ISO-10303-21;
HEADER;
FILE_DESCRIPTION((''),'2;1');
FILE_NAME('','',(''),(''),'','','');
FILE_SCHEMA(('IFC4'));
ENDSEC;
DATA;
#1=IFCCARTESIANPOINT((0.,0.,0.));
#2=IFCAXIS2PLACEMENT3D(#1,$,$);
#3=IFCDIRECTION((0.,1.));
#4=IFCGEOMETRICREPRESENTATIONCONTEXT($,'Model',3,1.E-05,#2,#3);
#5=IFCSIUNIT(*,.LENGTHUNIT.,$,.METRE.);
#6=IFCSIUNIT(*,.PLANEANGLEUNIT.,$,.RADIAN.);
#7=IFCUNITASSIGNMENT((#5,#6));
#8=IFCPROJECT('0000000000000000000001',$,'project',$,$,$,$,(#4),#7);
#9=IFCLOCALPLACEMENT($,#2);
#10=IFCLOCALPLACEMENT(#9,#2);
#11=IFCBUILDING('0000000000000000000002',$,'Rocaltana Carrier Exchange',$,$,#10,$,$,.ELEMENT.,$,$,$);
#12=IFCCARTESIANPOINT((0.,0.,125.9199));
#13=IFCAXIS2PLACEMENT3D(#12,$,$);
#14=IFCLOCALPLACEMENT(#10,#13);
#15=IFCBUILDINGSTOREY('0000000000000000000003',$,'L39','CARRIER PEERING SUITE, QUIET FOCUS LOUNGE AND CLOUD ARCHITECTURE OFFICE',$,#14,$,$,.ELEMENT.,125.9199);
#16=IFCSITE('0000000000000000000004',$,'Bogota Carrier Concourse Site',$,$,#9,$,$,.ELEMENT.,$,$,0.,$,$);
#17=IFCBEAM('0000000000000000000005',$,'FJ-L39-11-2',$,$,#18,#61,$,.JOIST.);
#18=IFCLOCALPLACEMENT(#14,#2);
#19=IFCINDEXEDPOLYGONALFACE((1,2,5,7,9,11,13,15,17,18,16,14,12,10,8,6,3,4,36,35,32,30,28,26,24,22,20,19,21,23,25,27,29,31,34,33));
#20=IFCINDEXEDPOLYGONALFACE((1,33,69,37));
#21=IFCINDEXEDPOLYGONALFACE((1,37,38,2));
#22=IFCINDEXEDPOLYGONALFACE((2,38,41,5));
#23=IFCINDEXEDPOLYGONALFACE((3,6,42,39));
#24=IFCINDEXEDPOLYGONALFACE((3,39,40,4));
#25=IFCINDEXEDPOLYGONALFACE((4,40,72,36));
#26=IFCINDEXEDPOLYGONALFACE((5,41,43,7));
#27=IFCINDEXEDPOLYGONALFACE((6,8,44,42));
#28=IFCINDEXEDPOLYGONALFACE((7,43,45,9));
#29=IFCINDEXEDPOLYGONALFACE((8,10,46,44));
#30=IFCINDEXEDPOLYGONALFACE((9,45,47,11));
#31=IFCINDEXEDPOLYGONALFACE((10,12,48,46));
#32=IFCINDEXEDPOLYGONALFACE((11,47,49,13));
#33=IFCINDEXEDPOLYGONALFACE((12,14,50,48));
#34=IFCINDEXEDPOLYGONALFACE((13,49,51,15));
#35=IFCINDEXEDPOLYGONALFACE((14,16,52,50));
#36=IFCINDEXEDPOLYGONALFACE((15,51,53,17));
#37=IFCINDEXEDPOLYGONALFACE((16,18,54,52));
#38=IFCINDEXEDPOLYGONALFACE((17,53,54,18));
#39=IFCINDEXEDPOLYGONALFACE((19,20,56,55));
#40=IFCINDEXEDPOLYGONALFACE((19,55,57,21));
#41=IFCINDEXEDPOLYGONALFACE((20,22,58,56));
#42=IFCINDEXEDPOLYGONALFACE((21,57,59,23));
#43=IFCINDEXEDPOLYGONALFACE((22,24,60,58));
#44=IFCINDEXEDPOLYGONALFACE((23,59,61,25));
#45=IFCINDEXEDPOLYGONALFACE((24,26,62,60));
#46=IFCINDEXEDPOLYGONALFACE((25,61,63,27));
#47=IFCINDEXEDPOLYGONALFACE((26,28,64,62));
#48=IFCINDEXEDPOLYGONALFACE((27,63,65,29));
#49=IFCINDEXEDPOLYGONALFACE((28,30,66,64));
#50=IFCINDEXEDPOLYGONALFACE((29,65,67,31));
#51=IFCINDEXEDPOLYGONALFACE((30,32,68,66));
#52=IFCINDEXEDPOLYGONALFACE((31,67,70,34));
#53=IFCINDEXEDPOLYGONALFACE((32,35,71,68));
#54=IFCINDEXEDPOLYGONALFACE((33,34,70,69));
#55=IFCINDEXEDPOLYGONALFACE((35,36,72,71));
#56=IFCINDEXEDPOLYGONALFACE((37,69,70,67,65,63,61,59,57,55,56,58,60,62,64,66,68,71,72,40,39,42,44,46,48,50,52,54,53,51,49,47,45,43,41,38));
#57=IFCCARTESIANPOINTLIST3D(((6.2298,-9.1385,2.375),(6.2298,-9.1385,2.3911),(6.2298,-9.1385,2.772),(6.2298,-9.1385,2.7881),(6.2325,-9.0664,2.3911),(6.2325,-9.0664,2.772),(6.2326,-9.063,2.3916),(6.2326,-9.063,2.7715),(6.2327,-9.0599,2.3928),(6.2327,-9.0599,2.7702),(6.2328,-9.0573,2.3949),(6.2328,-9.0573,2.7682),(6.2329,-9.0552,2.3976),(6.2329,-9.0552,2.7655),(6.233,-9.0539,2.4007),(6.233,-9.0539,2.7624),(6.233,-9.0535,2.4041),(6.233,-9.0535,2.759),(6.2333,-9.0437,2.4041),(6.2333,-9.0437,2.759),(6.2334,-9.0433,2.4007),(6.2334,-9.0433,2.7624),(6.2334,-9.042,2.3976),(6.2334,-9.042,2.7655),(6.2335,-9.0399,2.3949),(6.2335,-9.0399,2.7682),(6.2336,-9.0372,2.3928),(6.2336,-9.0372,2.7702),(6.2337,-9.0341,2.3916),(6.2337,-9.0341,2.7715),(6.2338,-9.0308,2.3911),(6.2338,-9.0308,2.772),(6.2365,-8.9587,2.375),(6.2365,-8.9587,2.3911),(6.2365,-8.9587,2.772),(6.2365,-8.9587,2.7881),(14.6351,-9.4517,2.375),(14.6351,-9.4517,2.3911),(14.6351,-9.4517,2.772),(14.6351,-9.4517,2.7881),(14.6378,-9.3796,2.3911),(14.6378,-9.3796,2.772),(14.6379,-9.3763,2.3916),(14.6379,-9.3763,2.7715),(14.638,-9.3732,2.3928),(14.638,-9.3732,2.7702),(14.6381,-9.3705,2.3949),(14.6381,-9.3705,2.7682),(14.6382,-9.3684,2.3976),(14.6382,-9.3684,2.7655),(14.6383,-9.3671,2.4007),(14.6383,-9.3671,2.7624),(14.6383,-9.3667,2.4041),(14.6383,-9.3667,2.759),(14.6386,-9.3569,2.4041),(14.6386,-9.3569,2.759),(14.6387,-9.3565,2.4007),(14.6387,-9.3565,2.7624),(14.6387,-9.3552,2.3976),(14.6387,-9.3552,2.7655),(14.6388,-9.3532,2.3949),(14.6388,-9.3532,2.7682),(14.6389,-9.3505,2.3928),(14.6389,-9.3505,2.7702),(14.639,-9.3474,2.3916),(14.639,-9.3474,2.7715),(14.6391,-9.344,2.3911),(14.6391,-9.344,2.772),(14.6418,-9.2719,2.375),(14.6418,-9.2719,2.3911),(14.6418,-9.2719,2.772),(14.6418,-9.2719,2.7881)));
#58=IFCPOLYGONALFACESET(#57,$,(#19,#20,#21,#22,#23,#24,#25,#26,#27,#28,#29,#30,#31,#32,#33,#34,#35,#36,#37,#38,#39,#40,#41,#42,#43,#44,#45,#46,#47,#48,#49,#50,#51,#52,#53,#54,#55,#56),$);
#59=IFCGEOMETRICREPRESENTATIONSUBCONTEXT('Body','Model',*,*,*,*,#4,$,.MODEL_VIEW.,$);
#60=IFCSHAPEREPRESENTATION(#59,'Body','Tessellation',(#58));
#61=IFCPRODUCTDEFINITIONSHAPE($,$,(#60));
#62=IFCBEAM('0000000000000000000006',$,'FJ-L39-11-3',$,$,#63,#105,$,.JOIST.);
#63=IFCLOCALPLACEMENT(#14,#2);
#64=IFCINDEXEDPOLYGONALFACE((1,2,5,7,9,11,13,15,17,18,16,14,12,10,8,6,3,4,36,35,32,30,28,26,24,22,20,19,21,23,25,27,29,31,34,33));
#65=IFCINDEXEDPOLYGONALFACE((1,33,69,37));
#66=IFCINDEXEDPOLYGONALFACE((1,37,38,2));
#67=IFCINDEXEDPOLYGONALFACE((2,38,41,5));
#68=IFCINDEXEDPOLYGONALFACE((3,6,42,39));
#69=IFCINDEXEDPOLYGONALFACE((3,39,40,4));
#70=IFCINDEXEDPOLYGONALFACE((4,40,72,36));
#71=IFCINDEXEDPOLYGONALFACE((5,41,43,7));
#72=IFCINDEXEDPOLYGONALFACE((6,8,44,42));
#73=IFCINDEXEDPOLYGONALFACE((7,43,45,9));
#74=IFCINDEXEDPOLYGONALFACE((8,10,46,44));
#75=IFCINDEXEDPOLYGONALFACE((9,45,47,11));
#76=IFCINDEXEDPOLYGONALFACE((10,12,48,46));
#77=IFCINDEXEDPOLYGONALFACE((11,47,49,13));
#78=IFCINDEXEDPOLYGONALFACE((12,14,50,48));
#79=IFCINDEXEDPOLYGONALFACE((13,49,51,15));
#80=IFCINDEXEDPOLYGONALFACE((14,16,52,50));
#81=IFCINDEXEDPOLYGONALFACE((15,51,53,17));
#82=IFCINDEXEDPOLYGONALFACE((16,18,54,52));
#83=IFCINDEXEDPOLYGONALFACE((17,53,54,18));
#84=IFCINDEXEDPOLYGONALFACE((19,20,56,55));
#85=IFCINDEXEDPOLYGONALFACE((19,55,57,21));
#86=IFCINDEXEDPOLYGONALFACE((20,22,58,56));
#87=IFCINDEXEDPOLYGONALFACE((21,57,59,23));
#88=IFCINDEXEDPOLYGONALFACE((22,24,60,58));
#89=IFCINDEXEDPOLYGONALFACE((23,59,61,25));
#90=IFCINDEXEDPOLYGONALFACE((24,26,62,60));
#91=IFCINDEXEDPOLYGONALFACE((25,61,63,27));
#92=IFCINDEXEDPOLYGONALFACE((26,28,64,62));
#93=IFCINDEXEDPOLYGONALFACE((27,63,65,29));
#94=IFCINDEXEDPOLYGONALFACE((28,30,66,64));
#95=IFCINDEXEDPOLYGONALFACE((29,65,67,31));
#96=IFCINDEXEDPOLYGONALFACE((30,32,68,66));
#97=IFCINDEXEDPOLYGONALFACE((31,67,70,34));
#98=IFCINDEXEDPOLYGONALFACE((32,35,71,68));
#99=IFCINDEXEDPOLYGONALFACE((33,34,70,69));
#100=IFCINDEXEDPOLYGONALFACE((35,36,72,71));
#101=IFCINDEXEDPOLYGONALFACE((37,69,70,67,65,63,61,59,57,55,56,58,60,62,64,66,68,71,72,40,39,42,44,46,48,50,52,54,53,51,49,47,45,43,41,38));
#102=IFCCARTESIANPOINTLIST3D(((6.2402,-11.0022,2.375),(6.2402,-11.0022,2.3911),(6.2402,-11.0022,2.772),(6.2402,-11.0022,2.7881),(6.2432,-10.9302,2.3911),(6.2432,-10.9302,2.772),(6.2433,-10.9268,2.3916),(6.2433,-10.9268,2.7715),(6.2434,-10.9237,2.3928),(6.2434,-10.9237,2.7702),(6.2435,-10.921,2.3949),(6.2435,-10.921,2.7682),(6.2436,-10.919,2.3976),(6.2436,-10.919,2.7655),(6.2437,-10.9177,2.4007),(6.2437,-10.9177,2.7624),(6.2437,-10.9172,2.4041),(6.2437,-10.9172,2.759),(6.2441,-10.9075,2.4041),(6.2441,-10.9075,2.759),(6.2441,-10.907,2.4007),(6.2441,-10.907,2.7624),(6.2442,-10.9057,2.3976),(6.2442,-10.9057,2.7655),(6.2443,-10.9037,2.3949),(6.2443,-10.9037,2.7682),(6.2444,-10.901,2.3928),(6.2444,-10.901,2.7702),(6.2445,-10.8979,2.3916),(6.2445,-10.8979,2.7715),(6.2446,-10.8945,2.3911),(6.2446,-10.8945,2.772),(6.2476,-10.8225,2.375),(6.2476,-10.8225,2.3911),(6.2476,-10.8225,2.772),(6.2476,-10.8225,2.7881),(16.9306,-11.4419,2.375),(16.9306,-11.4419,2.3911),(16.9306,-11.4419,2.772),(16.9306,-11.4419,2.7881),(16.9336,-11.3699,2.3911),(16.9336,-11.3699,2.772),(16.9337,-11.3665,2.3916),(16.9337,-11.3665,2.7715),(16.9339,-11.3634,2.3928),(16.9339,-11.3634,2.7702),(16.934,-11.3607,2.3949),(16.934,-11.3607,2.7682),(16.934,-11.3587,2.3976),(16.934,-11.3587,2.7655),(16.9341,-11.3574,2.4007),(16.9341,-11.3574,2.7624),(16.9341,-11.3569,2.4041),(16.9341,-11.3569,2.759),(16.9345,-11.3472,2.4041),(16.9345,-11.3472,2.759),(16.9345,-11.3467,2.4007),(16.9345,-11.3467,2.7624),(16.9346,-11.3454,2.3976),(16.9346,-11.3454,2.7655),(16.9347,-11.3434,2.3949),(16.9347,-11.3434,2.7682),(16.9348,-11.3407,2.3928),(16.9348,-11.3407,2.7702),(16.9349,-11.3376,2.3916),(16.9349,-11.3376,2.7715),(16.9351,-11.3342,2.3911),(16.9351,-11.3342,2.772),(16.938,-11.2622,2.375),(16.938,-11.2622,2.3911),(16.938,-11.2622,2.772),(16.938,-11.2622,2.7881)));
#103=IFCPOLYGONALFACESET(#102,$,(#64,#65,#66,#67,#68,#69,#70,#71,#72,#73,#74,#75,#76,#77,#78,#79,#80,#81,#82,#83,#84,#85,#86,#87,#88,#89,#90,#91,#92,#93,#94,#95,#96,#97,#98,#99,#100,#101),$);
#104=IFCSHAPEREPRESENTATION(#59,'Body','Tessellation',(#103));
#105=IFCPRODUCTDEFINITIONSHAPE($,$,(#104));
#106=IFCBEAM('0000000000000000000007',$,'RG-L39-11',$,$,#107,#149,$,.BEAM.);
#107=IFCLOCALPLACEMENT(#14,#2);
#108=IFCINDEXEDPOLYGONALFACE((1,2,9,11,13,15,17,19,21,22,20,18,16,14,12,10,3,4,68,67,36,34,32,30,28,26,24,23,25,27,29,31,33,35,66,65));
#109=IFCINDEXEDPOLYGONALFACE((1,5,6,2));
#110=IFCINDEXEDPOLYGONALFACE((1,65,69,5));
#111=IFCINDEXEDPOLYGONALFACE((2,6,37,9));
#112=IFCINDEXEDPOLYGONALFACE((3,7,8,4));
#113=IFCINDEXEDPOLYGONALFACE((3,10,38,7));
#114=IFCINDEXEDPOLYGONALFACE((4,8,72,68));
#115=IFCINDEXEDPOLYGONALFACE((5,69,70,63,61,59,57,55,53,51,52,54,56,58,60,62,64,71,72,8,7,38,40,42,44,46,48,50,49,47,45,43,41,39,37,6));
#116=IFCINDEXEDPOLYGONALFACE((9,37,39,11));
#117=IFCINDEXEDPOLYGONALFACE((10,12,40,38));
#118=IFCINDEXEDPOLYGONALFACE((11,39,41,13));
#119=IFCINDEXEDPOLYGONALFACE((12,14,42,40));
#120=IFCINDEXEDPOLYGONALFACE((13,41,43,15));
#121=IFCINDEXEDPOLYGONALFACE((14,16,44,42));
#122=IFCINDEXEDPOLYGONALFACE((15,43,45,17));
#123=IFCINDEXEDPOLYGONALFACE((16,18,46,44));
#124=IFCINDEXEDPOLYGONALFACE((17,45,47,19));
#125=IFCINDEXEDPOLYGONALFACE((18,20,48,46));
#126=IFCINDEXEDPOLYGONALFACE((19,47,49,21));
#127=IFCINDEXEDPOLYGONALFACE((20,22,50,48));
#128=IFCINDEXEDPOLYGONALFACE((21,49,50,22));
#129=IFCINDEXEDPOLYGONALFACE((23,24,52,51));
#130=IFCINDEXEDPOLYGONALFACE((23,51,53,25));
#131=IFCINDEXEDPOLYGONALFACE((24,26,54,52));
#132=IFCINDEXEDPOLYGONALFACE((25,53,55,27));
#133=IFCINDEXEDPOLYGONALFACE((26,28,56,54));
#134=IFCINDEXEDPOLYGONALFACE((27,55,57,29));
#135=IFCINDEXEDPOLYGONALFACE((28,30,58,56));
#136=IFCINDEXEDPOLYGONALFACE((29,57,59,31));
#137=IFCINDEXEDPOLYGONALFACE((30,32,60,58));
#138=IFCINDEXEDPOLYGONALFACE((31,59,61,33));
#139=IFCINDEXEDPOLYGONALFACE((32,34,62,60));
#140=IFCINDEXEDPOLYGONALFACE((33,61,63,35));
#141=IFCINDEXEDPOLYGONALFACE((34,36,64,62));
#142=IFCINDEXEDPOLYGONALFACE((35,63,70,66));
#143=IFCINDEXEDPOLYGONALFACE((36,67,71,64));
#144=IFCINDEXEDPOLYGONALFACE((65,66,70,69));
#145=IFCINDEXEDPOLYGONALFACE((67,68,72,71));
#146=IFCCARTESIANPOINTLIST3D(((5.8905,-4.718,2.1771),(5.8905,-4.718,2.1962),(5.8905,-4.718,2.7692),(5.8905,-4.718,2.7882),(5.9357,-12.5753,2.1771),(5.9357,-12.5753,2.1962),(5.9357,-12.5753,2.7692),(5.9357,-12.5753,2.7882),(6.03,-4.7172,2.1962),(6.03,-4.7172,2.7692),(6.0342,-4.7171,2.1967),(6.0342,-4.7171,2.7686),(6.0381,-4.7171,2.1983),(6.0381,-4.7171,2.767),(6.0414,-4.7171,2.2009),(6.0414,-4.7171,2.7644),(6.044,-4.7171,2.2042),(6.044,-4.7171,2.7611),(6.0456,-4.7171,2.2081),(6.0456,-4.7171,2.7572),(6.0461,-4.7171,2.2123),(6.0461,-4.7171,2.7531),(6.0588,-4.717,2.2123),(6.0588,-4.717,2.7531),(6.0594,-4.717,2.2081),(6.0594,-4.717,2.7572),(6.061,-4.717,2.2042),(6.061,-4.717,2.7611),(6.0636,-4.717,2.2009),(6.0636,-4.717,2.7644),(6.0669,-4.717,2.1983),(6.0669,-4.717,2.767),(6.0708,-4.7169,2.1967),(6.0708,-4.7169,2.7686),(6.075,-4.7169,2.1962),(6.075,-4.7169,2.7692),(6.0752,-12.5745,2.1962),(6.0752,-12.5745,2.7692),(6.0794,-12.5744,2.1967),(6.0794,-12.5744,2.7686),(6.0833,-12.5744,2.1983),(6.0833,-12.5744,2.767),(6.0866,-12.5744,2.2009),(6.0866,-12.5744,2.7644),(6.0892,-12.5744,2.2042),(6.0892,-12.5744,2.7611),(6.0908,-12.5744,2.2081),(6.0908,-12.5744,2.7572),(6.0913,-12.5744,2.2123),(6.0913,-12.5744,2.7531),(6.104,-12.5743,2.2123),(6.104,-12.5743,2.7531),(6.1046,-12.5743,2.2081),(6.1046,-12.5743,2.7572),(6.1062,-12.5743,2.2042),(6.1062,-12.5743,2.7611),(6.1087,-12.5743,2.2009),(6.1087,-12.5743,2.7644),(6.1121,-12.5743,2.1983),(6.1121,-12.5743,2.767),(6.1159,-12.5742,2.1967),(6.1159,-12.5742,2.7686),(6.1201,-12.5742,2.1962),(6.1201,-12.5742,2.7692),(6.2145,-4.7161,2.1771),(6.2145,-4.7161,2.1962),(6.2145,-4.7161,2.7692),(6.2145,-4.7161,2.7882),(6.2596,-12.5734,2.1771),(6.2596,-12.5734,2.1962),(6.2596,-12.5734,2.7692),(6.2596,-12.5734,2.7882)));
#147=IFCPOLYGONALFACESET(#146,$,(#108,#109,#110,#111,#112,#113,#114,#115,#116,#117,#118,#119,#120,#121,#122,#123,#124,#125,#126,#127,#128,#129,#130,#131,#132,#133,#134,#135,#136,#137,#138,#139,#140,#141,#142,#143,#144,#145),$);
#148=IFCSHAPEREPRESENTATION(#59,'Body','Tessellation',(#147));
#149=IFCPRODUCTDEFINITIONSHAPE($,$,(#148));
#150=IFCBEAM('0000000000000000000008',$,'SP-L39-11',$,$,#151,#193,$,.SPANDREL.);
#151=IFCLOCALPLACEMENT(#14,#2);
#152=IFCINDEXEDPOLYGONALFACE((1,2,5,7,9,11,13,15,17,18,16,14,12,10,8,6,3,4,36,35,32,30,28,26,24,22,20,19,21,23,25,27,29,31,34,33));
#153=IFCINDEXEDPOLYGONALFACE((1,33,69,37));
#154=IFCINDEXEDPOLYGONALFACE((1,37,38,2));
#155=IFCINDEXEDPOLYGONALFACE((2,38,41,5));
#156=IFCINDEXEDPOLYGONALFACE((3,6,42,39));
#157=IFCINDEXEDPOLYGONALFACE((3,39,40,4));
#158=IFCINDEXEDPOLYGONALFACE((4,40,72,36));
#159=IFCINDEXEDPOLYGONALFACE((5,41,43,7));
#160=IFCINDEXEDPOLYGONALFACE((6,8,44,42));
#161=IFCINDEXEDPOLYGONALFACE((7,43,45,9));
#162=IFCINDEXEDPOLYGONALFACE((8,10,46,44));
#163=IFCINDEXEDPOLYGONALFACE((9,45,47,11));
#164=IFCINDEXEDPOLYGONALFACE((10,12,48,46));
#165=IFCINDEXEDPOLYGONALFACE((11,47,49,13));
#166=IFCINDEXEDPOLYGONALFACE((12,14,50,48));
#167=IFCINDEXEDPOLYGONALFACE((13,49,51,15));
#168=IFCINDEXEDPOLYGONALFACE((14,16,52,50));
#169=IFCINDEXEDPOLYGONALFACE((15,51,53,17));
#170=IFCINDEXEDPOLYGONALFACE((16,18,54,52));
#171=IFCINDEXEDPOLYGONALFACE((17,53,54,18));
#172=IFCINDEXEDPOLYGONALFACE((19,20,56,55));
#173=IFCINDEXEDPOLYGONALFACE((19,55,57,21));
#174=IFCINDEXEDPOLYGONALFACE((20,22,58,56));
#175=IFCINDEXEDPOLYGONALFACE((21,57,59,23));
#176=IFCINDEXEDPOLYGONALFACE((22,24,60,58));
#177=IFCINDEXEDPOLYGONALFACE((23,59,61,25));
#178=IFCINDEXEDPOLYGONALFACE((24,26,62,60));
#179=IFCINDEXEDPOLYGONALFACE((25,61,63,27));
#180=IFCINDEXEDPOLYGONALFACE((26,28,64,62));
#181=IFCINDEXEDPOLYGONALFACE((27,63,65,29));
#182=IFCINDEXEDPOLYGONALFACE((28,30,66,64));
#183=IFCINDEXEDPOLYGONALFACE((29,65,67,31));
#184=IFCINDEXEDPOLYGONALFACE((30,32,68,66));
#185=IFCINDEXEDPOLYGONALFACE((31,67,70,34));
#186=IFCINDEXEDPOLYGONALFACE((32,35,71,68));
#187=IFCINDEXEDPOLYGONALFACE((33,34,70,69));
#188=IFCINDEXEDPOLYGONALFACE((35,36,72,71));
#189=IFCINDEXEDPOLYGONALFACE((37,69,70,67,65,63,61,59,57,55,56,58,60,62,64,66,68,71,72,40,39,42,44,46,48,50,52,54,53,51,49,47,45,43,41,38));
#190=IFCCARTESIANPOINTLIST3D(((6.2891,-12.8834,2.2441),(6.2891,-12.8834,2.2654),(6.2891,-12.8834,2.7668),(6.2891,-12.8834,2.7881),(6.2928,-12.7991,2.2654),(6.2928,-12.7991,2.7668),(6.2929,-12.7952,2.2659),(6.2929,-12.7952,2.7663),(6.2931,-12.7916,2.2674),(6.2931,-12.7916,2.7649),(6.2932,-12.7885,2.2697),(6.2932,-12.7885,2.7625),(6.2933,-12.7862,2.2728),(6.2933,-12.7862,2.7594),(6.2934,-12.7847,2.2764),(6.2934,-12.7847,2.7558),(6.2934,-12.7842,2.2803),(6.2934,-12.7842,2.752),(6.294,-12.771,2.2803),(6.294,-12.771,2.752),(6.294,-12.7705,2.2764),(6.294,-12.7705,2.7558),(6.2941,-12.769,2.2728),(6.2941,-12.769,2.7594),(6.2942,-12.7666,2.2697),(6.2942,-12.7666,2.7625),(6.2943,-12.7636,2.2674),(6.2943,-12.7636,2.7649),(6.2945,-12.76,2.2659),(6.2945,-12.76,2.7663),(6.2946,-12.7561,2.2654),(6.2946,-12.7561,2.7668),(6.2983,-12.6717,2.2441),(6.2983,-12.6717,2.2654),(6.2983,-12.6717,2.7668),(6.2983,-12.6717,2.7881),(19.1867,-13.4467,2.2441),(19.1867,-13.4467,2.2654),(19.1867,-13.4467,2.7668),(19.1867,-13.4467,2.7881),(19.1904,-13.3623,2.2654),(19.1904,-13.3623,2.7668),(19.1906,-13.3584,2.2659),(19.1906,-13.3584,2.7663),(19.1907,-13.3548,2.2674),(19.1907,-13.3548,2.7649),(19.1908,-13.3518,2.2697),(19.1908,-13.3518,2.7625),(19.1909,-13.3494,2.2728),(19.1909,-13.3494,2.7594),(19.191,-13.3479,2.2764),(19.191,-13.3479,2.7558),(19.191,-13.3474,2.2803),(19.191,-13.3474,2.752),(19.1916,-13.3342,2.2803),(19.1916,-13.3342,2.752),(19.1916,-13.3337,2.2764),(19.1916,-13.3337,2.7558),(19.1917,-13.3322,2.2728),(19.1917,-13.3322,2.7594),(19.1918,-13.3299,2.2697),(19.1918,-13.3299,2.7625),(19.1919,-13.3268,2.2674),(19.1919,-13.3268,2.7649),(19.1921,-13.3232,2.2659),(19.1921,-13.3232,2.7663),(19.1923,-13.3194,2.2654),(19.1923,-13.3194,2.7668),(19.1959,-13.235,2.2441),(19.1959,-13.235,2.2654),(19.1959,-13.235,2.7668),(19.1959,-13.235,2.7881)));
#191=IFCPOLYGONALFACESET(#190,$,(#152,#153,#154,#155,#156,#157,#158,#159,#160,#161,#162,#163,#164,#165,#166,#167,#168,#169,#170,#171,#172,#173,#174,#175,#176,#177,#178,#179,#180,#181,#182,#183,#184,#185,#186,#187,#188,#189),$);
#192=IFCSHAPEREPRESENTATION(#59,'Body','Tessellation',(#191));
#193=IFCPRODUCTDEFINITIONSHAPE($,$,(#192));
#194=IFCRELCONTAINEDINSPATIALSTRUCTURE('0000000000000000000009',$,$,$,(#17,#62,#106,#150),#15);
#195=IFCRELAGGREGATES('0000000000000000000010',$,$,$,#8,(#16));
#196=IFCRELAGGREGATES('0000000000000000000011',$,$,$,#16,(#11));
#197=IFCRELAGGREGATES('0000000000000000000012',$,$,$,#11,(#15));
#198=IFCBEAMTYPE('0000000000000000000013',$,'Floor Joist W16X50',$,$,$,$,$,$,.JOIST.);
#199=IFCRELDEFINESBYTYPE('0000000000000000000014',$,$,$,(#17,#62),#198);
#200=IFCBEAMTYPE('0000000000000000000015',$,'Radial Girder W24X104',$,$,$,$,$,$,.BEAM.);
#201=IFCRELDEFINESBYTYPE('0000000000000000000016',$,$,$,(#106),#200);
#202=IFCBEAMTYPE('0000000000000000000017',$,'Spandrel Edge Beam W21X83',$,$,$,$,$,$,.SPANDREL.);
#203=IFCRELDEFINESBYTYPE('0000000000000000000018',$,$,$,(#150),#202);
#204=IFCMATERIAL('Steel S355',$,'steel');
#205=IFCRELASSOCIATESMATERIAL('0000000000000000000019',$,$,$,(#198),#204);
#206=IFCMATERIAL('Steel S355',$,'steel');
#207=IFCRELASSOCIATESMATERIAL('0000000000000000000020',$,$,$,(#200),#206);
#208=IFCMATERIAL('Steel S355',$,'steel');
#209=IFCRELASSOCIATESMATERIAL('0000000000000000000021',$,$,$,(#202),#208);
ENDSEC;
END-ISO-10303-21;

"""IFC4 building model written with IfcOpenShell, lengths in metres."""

from ifc_helpers import new_model, si_unit, direction, frame, origin, origin_2d, place, context, subcontext, project, spatial, i_section, extrude, material, material_profile, profile_set, type_object, element, save


model = new_model("IFC4")

# Units and contexts
model_context = context("Model", 3, precision=1e-05, world=origin(), true_north=direction((0.0, 1.0)))
body_context = subcontext(model_context, "Body", "Model", "MODEL_VIEW")
ifc_project = project(units=[si_unit("LENGTHUNIT", "METRE"), si_unit("PLANEANGLEUNIT", "RADIAN")], contexts=[model_context])

# Site, building, storey
site_placement = place(None, origin())
site = spatial("IfcSite", under=ifc_project, at=site_placement, Name="Bogota Carrier Concourse Site", CompositionType="ELEMENT", RefElevation=0.0)
building_placement = place(site_placement, origin())
building = spatial("IfcBuilding", under=site, at=building_placement, Name="Rocaltana Carrier Exchange", CompositionType="ELEMENT")
storey_placement = place(building_placement, frame((0.0, 0.0, 125.9199)))
storey = spatial("IfcBuildingStorey", under=building, at=storey_placement, Name="L39", Description="CARRIER PEERING SUITE, QUIET FOCUS LOUNGE AND CLOUD ARCHITECTURE OFFICE", CompositionType="ELEMENT", Elevation=125.9199)

# Beams
ifc_material_1 = material(Name="Steel S355", Category="steel")
ifc_material_profile_1 = material_profile(ifc_material_1, i_section(OverallWidth=0.1799, OverallDepth=0.4131, WebThickness=0.0098, FlangeThickness=0.0161, FilletRadius=0.0129, at=origin_2d()), Name="W16X50")
ifc_profile_set_1 = profile_set([ifc_material_profile_1], Name="Steel S355")
beam_type_1 = type_object("IfcBeamType", Name="Floor Joist W16X50", PredefinedType="JOIST", material=ifc_profile_set_1)
beam_1_placement = place(storey_placement, frame((6.2332, -9.0486, 2.5815), z_axis=(0.999306, -0.03724, 0.0), x_axis=(0.03724, 0.999306, 0.0)))
element("IfcBeam", 1, at=beam_1_placement, inside=storey, type_object=beam_type_1, Name="FJ-L39-11-2", PredefinedType="JOIST", context=body_context, shape_type="SweptSolid", body=[
    extrude(i_section(OverallWidth=0.1799, OverallDepth=0.4131, WebThickness=0.0098, FlangeThickness=0.0161, FilletRadius=0.0129, at=origin_2d()), origin(), (0.0, 0.0, 1.0), 8.4111),
])
beam_2_placement = place(storey_placement, frame((6.2439, -10.9124, 2.5815), z_axis=(0.999155, -0.041095, 0.0), x_axis=(0.041095, 0.999155, 0.0)))
element("IfcBeam", 2, at=beam_2_placement, inside=storey, type_object=beam_type_1, Name="FJ-L39-11-3", PredefinedType="JOIST", context=body_context, shape_type="SweptSolid", body=[
    extrude(i_section(OverallWidth=0.1799, OverallDepth=0.4131, WebThickness=0.0098, FlangeThickness=0.0161, FilletRadius=0.0129, at=origin_2d()), origin(), (0.0, 0.0, 1.0), 10.6995),
])
ifc_material_2 = material(Name="Steel S355", Category="steel")
ifc_material_profile_2 = material_profile(ifc_material_2, i_section(OverallWidth=0.324, OverallDepth=0.6111, WebThickness=0.0127, FlangeThickness=0.019, FilletRadius=0.0161, at=origin_2d()), Name="W24X104")
ifc_profile_set_2 = profile_set([ifc_material_profile_2], Name="Steel S355")
beam_type_2 = type_object("IfcBeamType", Name="Radial Girder W24X104", PredefinedType="BEAM", material=ifc_profile_set_2)
beam_3_placement = place(storey_placement, frame((6.0525, -4.717, 2.4827), z_axis=(0.005748, -0.999983, 0.0), x_axis=(0.999983, 0.005748, 0.0)))
element("IfcBeam", 3, at=beam_3_placement, inside=storey, type_object=beam_type_2, Name="RG-L39-11", PredefinedType="BEAM", context=body_context, shape_type="SweptSolid", body=[
    extrude(i_section(OverallWidth=0.324, OverallDepth=0.6111, WebThickness=0.0127, FlangeThickness=0.019, FilletRadius=0.0161, at=origin_2d()), origin(), (0.0, 0.0, 1.0), 7.8574),
])
ifc_material_3 = material(Name="Steel S355", Category="steel")
ifc_material_profile_3 = material_profile(ifc_material_3, i_section(OverallWidth=0.2119, OverallDepth=0.5439, WebThickness=0.0132, FlangeThickness=0.0212, FilletRadius=0.0149, at=origin_2d()), Name="W21X83")
ifc_profile_set_3 = profile_set([ifc_material_profile_3], Name="Steel S355")
beam_type_3 = type_object("IfcBeamType", Name="Spandrel Edge Beam W21X83", PredefinedType="SPANDREL", material=ifc_profile_set_3)
beam_4_placement = place(storey_placement, frame((6.2937, -12.7776, 2.5161), z_axis=(0.999048, -0.043628, 0.0), x_axis=(0.043628, 0.999048, 0.0)))
element("IfcBeam", 4, at=beam_4_placement, inside=storey, type_object=beam_type_3, Name="SP-L39-11", PredefinedType="SPANDREL", context=body_context, shape_type="SweptSolid", body=[
    extrude(i_section(OverallWidth=0.2119, OverallDepth=0.5439, WebThickness=0.0132, FlangeThickness=0.0212, FilletRadius=0.0149, at=origin_2d()), origin(), (0.0, 0.0, 1.0), 12.9099),
])

save(model, "model.ifc")
